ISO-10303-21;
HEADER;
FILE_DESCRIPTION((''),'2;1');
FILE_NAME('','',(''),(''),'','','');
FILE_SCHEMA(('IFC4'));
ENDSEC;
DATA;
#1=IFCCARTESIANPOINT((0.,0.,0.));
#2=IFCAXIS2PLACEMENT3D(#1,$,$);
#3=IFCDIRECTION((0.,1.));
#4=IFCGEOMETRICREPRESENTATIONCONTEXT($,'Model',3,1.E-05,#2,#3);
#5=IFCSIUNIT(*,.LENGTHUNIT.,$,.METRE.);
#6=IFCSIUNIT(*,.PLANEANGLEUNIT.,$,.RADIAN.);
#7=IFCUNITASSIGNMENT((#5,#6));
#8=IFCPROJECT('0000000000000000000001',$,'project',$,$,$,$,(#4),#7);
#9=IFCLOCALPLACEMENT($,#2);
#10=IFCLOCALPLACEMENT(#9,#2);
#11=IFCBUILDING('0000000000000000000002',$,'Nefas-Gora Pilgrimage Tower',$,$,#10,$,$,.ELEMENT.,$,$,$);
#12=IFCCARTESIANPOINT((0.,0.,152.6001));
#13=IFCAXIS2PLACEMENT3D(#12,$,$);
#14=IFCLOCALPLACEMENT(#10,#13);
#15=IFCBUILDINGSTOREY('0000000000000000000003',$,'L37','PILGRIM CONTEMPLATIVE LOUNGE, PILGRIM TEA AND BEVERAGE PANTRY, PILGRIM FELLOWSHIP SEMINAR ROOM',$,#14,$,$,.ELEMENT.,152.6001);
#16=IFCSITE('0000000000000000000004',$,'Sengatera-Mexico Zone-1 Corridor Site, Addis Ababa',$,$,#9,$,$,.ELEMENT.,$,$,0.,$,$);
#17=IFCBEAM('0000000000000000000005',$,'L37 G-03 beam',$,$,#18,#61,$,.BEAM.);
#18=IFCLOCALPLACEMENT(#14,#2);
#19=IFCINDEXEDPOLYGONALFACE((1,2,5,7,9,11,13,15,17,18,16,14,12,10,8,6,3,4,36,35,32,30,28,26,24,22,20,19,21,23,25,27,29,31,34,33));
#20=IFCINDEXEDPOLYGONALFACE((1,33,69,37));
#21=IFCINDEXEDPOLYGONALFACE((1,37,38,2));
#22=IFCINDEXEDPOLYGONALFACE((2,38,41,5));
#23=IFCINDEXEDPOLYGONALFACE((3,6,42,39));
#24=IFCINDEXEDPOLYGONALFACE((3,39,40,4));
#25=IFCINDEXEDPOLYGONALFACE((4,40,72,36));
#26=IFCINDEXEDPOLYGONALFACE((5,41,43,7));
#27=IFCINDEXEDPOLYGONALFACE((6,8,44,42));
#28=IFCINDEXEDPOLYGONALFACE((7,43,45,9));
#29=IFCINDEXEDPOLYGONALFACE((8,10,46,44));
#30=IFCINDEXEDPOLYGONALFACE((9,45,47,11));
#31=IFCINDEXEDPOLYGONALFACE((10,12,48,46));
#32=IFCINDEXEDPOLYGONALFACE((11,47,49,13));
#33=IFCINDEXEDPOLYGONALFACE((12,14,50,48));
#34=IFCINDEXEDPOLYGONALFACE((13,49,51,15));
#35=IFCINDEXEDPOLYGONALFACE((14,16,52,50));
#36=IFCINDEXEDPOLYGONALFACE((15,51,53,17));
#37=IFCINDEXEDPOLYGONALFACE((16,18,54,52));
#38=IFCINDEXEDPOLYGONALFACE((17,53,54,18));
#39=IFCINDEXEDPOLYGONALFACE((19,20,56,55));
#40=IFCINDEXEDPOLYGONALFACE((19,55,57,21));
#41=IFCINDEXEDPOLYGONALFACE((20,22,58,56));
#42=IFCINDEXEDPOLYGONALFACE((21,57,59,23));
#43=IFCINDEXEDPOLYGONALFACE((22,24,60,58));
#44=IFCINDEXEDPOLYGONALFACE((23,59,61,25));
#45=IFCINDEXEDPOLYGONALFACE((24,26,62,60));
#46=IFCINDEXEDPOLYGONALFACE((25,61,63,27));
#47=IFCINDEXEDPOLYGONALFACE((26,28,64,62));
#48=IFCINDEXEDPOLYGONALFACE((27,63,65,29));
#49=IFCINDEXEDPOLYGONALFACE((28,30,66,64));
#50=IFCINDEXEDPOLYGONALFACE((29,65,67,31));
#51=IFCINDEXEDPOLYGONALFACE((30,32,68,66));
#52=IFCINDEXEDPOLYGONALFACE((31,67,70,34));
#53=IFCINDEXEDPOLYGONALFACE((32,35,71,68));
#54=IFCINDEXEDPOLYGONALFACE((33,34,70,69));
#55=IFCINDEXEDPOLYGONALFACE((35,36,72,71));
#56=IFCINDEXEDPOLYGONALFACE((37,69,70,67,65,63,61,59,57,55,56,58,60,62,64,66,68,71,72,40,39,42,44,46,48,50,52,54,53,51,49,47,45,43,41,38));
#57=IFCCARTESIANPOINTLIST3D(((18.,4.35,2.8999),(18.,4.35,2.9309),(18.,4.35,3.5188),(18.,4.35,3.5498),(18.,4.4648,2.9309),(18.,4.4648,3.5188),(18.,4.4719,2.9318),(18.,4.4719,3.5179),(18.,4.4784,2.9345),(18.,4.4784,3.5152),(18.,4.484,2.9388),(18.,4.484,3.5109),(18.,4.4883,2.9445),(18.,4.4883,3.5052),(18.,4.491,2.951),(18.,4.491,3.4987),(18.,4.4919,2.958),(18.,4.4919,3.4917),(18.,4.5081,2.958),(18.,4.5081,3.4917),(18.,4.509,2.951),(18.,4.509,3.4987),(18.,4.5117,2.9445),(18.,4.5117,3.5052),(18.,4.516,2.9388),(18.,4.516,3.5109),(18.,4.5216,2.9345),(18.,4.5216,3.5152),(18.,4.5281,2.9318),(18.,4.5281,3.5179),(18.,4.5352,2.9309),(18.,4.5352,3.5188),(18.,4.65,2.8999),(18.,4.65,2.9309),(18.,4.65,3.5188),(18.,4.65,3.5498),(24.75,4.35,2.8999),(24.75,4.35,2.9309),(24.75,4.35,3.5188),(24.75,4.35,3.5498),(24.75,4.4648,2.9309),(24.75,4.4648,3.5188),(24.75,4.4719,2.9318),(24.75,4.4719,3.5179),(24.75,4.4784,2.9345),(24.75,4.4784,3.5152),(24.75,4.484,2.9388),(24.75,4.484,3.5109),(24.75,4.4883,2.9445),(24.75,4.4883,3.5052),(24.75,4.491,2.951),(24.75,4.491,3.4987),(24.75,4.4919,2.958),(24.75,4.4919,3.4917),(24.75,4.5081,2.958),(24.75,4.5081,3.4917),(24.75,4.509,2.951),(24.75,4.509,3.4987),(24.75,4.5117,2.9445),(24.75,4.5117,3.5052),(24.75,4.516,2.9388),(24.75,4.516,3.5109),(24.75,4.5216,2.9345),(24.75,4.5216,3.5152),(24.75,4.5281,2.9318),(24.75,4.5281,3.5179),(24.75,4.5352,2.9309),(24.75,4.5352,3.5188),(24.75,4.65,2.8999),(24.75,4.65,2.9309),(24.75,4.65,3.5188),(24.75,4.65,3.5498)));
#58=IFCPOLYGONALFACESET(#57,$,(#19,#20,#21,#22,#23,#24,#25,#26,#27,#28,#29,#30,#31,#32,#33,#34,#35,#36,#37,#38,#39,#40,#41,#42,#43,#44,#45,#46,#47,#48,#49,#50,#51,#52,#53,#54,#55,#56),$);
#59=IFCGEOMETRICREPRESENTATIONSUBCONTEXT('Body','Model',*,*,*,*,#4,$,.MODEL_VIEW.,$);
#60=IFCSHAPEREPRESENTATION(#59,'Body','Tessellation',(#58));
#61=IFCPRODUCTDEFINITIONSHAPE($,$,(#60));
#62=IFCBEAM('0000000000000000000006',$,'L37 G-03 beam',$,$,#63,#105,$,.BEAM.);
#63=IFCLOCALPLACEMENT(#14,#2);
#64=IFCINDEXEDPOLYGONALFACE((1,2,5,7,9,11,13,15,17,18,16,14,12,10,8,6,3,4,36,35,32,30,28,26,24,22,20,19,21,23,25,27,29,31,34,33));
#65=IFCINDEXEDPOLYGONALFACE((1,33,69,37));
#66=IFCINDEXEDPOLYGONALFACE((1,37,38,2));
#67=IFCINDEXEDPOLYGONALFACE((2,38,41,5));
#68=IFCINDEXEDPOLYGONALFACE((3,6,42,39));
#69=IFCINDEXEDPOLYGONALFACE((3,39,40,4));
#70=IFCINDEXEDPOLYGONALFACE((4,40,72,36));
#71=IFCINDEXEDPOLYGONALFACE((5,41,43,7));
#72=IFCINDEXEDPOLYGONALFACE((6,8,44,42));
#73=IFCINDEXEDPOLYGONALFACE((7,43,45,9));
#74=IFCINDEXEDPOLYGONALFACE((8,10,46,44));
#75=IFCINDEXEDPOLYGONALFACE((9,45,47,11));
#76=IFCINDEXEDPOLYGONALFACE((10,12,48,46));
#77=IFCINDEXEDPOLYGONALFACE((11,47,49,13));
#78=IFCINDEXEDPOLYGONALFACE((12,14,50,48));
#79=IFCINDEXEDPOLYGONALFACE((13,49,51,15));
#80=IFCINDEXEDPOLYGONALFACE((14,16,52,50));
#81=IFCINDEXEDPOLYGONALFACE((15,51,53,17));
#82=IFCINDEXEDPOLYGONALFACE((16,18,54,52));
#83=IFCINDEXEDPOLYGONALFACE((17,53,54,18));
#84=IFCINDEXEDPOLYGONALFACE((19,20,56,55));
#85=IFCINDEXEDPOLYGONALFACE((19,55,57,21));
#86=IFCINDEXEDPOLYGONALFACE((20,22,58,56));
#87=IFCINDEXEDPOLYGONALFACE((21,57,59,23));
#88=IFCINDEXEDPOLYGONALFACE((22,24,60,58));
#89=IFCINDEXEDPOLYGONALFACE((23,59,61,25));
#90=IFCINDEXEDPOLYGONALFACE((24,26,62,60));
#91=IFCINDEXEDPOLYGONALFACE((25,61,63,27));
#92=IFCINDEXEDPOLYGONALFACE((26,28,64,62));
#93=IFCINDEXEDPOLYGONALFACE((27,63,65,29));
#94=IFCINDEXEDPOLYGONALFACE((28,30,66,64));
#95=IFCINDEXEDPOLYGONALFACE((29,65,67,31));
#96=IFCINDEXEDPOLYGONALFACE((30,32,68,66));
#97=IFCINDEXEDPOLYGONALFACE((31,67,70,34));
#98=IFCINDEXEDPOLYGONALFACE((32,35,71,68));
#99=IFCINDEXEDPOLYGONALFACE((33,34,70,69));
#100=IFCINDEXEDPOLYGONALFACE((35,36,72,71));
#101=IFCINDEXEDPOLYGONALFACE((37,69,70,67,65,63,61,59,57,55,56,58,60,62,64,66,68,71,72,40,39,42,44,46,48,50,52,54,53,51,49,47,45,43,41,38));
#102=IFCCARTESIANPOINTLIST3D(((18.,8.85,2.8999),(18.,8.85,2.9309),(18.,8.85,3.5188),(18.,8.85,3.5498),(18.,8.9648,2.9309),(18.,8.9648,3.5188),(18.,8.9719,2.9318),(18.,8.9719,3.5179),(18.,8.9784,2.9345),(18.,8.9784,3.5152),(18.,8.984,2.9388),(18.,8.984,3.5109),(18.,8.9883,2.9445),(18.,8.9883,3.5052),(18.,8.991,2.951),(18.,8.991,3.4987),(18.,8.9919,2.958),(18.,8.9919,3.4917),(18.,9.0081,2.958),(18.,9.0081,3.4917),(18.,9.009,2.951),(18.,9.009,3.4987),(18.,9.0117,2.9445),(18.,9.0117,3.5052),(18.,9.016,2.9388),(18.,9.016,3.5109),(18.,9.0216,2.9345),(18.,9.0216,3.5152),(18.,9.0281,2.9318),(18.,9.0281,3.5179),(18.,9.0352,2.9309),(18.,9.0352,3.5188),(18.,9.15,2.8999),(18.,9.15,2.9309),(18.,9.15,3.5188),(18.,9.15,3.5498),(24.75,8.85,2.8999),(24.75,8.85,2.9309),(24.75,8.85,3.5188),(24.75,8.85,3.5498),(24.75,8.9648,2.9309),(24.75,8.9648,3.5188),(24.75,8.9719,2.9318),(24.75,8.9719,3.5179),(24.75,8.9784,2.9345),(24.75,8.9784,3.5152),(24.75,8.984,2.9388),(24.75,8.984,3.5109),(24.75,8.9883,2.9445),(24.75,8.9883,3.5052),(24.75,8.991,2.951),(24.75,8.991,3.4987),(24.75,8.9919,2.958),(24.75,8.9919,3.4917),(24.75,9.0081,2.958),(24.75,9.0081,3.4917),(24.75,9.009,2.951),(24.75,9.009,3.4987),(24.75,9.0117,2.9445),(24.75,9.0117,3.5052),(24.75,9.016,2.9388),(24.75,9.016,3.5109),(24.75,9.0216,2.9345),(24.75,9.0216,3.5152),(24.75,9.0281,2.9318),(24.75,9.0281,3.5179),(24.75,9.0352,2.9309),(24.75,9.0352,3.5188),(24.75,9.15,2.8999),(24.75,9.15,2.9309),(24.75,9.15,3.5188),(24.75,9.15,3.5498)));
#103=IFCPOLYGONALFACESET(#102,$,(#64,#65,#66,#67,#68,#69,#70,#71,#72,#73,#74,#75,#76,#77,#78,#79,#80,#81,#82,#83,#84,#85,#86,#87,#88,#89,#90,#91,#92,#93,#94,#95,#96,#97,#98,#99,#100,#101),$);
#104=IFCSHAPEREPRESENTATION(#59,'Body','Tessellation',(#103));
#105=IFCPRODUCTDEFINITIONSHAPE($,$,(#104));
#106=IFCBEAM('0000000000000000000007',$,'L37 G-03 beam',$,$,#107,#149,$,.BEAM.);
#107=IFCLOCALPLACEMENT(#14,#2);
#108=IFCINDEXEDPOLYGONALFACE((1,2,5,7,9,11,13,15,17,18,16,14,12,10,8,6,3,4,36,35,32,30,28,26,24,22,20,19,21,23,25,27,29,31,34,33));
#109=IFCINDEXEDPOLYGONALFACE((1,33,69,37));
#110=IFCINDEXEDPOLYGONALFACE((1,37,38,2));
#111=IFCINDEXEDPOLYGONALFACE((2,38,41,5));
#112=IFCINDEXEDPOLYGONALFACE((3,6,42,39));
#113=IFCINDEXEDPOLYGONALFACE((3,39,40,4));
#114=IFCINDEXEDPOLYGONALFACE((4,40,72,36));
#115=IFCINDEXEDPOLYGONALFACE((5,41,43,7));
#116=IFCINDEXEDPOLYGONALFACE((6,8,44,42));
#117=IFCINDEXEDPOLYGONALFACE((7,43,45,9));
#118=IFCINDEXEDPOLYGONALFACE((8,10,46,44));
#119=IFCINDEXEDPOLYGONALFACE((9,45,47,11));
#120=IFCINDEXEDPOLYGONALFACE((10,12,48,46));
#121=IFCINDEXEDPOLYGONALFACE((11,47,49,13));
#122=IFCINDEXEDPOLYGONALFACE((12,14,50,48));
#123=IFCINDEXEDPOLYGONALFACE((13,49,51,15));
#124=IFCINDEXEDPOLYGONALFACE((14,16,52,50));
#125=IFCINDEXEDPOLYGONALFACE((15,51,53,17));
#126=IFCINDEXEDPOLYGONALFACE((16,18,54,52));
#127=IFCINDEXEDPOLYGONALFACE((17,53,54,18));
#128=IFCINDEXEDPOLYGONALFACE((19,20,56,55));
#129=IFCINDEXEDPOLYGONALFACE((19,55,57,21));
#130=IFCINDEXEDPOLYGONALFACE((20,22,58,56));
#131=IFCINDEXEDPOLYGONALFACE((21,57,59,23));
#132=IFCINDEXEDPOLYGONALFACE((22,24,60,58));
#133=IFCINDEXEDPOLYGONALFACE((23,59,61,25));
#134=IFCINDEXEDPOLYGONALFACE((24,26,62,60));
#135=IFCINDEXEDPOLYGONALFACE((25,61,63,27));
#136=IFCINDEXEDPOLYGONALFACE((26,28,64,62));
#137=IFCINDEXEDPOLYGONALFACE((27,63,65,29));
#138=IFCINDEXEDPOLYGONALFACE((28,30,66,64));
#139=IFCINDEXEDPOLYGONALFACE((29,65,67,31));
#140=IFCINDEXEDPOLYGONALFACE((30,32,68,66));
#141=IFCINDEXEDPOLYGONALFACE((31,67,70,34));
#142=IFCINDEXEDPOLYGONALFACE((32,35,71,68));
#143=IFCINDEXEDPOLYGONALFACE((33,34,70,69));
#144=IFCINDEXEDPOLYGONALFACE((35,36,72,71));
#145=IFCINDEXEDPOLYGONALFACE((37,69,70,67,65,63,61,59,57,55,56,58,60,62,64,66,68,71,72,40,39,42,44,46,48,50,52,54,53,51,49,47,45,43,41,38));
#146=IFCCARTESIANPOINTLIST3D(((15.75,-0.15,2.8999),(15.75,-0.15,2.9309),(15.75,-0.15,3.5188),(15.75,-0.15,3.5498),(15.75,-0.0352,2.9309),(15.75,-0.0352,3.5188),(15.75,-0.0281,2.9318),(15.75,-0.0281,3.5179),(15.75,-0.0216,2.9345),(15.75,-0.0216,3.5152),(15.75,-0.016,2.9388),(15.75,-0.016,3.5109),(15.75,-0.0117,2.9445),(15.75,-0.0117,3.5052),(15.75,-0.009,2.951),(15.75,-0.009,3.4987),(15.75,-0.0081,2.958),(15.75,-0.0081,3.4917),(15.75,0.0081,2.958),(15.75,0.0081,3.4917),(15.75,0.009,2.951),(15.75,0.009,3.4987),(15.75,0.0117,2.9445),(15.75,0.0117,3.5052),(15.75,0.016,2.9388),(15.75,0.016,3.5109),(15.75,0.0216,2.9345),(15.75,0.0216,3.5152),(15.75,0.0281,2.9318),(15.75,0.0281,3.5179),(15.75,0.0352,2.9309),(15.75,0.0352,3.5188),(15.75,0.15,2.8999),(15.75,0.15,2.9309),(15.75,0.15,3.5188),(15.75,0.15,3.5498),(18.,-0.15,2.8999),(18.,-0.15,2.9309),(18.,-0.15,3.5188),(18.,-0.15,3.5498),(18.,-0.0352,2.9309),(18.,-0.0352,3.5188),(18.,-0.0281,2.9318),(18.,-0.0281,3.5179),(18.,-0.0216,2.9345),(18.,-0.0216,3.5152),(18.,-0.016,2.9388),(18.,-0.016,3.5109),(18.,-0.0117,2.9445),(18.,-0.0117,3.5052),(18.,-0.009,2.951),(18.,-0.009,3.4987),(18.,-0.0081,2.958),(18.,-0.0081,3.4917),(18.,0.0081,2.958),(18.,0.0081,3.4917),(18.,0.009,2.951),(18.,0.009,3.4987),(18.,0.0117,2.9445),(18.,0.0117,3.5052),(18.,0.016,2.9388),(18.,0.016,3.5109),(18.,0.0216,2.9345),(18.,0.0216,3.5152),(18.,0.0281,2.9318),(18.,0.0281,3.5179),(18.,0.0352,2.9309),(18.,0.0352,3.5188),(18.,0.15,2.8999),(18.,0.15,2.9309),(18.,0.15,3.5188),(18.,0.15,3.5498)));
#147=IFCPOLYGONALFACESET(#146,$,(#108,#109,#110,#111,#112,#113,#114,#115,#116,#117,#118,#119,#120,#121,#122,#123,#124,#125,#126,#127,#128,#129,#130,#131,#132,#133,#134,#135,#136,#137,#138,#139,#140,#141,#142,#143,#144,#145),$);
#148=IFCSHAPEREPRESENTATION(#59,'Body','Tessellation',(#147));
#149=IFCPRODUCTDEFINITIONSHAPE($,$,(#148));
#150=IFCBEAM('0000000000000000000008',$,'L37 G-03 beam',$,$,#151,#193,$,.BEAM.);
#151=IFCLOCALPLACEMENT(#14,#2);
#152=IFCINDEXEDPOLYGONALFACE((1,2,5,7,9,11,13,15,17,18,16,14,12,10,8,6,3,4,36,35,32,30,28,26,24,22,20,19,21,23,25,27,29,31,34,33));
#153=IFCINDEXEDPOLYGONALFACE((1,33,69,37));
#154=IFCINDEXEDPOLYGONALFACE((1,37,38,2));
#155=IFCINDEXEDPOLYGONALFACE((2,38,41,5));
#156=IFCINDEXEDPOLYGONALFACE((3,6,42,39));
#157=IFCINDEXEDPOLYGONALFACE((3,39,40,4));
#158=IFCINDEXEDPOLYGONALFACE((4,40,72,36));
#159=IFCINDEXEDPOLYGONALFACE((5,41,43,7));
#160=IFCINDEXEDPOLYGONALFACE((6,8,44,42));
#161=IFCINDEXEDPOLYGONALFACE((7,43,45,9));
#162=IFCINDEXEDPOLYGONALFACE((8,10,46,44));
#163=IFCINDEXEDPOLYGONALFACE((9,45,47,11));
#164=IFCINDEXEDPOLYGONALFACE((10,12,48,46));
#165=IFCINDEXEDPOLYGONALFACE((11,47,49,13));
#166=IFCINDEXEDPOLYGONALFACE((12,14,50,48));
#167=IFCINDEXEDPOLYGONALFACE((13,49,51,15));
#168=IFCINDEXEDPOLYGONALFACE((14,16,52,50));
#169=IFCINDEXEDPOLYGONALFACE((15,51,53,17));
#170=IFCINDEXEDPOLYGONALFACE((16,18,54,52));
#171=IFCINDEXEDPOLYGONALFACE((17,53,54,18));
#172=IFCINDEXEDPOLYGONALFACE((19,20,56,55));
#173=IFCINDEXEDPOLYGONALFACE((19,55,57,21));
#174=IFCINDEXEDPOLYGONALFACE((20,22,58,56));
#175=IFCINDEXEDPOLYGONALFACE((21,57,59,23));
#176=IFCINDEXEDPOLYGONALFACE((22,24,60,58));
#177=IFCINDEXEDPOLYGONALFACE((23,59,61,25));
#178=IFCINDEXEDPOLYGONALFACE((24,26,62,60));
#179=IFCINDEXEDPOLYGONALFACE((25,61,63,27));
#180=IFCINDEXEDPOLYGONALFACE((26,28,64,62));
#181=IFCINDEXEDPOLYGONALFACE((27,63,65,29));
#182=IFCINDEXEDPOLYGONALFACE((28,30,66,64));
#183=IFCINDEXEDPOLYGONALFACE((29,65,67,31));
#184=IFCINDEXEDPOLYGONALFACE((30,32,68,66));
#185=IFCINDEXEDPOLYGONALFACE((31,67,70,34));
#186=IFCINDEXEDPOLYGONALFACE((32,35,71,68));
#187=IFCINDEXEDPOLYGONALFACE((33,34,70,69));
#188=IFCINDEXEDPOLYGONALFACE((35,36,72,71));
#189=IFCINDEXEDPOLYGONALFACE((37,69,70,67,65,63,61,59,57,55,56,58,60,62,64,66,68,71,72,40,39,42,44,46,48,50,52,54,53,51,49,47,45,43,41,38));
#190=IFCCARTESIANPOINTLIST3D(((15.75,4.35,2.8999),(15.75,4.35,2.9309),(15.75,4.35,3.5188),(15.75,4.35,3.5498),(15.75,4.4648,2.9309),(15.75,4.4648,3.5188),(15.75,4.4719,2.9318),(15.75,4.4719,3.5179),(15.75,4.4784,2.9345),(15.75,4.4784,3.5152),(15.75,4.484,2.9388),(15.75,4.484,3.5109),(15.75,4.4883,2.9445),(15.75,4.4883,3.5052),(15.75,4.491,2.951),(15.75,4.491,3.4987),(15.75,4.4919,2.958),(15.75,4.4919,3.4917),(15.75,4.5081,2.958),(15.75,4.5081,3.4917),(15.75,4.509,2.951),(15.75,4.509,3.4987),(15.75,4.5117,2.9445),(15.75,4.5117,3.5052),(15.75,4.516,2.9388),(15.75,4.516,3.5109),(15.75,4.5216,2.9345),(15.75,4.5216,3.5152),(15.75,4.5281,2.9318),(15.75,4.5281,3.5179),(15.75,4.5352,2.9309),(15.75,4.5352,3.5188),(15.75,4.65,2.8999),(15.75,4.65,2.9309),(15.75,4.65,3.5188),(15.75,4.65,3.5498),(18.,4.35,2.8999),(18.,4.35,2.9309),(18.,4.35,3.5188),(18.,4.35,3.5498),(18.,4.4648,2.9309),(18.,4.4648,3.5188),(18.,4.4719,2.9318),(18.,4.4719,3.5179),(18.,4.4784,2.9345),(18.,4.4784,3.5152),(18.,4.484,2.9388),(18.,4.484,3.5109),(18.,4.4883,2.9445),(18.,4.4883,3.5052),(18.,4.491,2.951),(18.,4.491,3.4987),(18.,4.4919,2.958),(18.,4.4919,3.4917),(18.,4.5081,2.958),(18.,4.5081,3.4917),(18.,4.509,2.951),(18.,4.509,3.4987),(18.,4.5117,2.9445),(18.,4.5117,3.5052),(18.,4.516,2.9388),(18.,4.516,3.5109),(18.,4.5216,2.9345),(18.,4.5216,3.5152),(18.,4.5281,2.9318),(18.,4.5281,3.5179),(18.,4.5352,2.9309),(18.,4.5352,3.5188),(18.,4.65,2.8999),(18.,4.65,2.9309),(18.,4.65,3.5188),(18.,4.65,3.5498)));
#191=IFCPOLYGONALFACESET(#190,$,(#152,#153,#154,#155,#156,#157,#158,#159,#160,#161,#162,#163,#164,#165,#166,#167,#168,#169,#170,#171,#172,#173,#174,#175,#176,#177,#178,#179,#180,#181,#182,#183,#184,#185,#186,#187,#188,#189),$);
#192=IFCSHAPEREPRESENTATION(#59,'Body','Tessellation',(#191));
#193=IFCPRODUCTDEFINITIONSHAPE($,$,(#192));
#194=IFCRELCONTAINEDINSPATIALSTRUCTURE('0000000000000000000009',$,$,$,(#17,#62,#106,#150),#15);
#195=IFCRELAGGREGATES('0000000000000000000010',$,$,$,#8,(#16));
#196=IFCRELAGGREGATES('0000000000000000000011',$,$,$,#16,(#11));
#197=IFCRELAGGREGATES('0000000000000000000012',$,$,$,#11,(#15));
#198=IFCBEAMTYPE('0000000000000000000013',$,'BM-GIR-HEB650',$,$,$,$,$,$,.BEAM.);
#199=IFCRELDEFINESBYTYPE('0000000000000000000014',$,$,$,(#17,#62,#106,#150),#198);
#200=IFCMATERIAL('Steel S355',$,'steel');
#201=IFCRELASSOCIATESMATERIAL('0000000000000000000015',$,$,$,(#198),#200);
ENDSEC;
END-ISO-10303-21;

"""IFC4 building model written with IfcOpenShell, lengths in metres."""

from ifc_helpers import new_model, si_unit, direction, frame, origin, origin_2d, place, context, subcontext, project, spatial, i_section, extrude, source, transform, mapped, material, material_profile, profile_set, type_object, element, save


model = new_model("IFC4")

# Units and contexts
model_context = context("Model", 3, precision=1e-05, world=origin(), true_north=direction((0.0, 1.0)))
body_context = subcontext(model_context, "Body", "Model", "MODEL_VIEW")
ifc_project = project(units=[si_unit("LENGTHUNIT", "METRE"), si_unit("PLANEANGLEUNIT", "RADIAN")], contexts=[model_context])

# Site, building, storey
site_placement = place(None, origin())
site = spatial("IfcSite", under=ifc_project, at=site_placement, Name="Sengatera-Mexico Zone-1 Corridor Site, Addis Ababa", CompositionType="ELEMENT", RefElevation=0.0)
building_placement = place(site_placement, origin())
building = spatial("IfcBuilding", under=site, at=building_placement, Name="Nefas-Gora Pilgrimage Tower", CompositionType="ELEMENT")
storey_placement = place(building_placement, frame((0.0, 0.0, 152.6001)))
storey = spatial("IfcBuildingStorey", under=building, at=storey_placement, Name="L37", Description="PILGRIM CONTEMPLATIVE LOUNGE, PILGRIM TEA AND BEVERAGE PANTRY, PILGRIM FELLOWSHIP SEMINAR ROOM", CompositionType="ELEMENT", Elevation=152.6001)

# Beams
ifc_material_1 = material(Name="Steel S355", Category="steel")
ifc_material_profile_1 = material_profile(ifc_material_1, i_section(OverallWidth=0.3, OverallDepth=0.6499, WebThickness=0.0161, FlangeThickness=0.031, FilletRadius=0.0271, at=origin_2d()), Name="HEB 650")
ifc_profile_set_1 = profile_set([ifc_material_profile_1], Name="Steel S355")
beam_type_1 = type_object("IfcBeamType", Name="BM-GIR-HEB650", PredefinedType="BEAM", material=ifc_profile_set_1)
shared_shape_1 = source(origin(), body_context, "Body", "SweptSolid", [
    extrude(i_section(OverallWidth=0.3, OverallDepth=0.6499, WebThickness=0.0161, FlangeThickness=0.031, FilletRadius=0.0271, at=origin_2d()), origin(), (0.0, 0.0, 1.0), 6.75),
])
for number, where, z_axis, x_axis, name in (
    (1, (18.0, 4.5, 3.2249), (1.0, 0.0, 0.0), (0.0, 1.0, 0.0), "L37 G-03 beam"),
    (2, (18.0, 9.0, 3.2249), (1.0, 0.0, 0.0), (0.0, 1.0, 0.0), "L37 G-03 beam"),
):
    element("IfcBeam", number, at=place(storey_placement, frame(where, z_axis=z_axis, x_axis=x_axis)), inside=storey, type_object=beam_type_1, Name=name, PredefinedType="BEAM", context=body_context, shape_type="MappedRepresentation", body=[
        mapped(shared_shape_1, transform((0.0, 0.0, 0.0), x_axis=(1.0, 0.0, 0.0), y_axis=(0.0, 1.0, 0.0), z_axis=(0.0, 0.0, 1.0), scale=1.0)),
    ])
shared_shape_2 = source(origin(), body_context, "Body", "SweptSolid", [
    extrude(i_section(OverallWidth=0.3, OverallDepth=0.6499, WebThickness=0.0161, FlangeThickness=0.031, FilletRadius=0.0271, at=origin_2d()), origin(), (0.0, 0.0, 1.0), 2.25),
])
for number, where, z_axis, x_axis, name in (
    (3, (15.75, 0.0, 3.2249), (1.0, 0.0, 0.0), (0.0, 1.0, 0.0), "L37 G-03 beam"),
    (4, (15.75, 4.5, 3.2249), (1.0, 0.0, 0.0), (0.0, 1.0, 0.0), "L37 G-03 beam"),
):
    element("IfcBeam", number, at=place(storey_placement, frame(where, z_axis=z_axis, x_axis=x_axis)), inside=storey, type_object=beam_type_1, Name=name, PredefinedType="BEAM", context=body_context, shape_type="MappedRepresentation", body=[
        mapped(shared_shape_2, transform((0.0, 0.0, 0.0), x_axis=(1.0, 0.0, 0.0), y_axis=(0.0, 1.0, 0.0), z_axis=(0.0, 0.0, 1.0), scale=1.0)),
    ])

save(model, "model.ifc")
